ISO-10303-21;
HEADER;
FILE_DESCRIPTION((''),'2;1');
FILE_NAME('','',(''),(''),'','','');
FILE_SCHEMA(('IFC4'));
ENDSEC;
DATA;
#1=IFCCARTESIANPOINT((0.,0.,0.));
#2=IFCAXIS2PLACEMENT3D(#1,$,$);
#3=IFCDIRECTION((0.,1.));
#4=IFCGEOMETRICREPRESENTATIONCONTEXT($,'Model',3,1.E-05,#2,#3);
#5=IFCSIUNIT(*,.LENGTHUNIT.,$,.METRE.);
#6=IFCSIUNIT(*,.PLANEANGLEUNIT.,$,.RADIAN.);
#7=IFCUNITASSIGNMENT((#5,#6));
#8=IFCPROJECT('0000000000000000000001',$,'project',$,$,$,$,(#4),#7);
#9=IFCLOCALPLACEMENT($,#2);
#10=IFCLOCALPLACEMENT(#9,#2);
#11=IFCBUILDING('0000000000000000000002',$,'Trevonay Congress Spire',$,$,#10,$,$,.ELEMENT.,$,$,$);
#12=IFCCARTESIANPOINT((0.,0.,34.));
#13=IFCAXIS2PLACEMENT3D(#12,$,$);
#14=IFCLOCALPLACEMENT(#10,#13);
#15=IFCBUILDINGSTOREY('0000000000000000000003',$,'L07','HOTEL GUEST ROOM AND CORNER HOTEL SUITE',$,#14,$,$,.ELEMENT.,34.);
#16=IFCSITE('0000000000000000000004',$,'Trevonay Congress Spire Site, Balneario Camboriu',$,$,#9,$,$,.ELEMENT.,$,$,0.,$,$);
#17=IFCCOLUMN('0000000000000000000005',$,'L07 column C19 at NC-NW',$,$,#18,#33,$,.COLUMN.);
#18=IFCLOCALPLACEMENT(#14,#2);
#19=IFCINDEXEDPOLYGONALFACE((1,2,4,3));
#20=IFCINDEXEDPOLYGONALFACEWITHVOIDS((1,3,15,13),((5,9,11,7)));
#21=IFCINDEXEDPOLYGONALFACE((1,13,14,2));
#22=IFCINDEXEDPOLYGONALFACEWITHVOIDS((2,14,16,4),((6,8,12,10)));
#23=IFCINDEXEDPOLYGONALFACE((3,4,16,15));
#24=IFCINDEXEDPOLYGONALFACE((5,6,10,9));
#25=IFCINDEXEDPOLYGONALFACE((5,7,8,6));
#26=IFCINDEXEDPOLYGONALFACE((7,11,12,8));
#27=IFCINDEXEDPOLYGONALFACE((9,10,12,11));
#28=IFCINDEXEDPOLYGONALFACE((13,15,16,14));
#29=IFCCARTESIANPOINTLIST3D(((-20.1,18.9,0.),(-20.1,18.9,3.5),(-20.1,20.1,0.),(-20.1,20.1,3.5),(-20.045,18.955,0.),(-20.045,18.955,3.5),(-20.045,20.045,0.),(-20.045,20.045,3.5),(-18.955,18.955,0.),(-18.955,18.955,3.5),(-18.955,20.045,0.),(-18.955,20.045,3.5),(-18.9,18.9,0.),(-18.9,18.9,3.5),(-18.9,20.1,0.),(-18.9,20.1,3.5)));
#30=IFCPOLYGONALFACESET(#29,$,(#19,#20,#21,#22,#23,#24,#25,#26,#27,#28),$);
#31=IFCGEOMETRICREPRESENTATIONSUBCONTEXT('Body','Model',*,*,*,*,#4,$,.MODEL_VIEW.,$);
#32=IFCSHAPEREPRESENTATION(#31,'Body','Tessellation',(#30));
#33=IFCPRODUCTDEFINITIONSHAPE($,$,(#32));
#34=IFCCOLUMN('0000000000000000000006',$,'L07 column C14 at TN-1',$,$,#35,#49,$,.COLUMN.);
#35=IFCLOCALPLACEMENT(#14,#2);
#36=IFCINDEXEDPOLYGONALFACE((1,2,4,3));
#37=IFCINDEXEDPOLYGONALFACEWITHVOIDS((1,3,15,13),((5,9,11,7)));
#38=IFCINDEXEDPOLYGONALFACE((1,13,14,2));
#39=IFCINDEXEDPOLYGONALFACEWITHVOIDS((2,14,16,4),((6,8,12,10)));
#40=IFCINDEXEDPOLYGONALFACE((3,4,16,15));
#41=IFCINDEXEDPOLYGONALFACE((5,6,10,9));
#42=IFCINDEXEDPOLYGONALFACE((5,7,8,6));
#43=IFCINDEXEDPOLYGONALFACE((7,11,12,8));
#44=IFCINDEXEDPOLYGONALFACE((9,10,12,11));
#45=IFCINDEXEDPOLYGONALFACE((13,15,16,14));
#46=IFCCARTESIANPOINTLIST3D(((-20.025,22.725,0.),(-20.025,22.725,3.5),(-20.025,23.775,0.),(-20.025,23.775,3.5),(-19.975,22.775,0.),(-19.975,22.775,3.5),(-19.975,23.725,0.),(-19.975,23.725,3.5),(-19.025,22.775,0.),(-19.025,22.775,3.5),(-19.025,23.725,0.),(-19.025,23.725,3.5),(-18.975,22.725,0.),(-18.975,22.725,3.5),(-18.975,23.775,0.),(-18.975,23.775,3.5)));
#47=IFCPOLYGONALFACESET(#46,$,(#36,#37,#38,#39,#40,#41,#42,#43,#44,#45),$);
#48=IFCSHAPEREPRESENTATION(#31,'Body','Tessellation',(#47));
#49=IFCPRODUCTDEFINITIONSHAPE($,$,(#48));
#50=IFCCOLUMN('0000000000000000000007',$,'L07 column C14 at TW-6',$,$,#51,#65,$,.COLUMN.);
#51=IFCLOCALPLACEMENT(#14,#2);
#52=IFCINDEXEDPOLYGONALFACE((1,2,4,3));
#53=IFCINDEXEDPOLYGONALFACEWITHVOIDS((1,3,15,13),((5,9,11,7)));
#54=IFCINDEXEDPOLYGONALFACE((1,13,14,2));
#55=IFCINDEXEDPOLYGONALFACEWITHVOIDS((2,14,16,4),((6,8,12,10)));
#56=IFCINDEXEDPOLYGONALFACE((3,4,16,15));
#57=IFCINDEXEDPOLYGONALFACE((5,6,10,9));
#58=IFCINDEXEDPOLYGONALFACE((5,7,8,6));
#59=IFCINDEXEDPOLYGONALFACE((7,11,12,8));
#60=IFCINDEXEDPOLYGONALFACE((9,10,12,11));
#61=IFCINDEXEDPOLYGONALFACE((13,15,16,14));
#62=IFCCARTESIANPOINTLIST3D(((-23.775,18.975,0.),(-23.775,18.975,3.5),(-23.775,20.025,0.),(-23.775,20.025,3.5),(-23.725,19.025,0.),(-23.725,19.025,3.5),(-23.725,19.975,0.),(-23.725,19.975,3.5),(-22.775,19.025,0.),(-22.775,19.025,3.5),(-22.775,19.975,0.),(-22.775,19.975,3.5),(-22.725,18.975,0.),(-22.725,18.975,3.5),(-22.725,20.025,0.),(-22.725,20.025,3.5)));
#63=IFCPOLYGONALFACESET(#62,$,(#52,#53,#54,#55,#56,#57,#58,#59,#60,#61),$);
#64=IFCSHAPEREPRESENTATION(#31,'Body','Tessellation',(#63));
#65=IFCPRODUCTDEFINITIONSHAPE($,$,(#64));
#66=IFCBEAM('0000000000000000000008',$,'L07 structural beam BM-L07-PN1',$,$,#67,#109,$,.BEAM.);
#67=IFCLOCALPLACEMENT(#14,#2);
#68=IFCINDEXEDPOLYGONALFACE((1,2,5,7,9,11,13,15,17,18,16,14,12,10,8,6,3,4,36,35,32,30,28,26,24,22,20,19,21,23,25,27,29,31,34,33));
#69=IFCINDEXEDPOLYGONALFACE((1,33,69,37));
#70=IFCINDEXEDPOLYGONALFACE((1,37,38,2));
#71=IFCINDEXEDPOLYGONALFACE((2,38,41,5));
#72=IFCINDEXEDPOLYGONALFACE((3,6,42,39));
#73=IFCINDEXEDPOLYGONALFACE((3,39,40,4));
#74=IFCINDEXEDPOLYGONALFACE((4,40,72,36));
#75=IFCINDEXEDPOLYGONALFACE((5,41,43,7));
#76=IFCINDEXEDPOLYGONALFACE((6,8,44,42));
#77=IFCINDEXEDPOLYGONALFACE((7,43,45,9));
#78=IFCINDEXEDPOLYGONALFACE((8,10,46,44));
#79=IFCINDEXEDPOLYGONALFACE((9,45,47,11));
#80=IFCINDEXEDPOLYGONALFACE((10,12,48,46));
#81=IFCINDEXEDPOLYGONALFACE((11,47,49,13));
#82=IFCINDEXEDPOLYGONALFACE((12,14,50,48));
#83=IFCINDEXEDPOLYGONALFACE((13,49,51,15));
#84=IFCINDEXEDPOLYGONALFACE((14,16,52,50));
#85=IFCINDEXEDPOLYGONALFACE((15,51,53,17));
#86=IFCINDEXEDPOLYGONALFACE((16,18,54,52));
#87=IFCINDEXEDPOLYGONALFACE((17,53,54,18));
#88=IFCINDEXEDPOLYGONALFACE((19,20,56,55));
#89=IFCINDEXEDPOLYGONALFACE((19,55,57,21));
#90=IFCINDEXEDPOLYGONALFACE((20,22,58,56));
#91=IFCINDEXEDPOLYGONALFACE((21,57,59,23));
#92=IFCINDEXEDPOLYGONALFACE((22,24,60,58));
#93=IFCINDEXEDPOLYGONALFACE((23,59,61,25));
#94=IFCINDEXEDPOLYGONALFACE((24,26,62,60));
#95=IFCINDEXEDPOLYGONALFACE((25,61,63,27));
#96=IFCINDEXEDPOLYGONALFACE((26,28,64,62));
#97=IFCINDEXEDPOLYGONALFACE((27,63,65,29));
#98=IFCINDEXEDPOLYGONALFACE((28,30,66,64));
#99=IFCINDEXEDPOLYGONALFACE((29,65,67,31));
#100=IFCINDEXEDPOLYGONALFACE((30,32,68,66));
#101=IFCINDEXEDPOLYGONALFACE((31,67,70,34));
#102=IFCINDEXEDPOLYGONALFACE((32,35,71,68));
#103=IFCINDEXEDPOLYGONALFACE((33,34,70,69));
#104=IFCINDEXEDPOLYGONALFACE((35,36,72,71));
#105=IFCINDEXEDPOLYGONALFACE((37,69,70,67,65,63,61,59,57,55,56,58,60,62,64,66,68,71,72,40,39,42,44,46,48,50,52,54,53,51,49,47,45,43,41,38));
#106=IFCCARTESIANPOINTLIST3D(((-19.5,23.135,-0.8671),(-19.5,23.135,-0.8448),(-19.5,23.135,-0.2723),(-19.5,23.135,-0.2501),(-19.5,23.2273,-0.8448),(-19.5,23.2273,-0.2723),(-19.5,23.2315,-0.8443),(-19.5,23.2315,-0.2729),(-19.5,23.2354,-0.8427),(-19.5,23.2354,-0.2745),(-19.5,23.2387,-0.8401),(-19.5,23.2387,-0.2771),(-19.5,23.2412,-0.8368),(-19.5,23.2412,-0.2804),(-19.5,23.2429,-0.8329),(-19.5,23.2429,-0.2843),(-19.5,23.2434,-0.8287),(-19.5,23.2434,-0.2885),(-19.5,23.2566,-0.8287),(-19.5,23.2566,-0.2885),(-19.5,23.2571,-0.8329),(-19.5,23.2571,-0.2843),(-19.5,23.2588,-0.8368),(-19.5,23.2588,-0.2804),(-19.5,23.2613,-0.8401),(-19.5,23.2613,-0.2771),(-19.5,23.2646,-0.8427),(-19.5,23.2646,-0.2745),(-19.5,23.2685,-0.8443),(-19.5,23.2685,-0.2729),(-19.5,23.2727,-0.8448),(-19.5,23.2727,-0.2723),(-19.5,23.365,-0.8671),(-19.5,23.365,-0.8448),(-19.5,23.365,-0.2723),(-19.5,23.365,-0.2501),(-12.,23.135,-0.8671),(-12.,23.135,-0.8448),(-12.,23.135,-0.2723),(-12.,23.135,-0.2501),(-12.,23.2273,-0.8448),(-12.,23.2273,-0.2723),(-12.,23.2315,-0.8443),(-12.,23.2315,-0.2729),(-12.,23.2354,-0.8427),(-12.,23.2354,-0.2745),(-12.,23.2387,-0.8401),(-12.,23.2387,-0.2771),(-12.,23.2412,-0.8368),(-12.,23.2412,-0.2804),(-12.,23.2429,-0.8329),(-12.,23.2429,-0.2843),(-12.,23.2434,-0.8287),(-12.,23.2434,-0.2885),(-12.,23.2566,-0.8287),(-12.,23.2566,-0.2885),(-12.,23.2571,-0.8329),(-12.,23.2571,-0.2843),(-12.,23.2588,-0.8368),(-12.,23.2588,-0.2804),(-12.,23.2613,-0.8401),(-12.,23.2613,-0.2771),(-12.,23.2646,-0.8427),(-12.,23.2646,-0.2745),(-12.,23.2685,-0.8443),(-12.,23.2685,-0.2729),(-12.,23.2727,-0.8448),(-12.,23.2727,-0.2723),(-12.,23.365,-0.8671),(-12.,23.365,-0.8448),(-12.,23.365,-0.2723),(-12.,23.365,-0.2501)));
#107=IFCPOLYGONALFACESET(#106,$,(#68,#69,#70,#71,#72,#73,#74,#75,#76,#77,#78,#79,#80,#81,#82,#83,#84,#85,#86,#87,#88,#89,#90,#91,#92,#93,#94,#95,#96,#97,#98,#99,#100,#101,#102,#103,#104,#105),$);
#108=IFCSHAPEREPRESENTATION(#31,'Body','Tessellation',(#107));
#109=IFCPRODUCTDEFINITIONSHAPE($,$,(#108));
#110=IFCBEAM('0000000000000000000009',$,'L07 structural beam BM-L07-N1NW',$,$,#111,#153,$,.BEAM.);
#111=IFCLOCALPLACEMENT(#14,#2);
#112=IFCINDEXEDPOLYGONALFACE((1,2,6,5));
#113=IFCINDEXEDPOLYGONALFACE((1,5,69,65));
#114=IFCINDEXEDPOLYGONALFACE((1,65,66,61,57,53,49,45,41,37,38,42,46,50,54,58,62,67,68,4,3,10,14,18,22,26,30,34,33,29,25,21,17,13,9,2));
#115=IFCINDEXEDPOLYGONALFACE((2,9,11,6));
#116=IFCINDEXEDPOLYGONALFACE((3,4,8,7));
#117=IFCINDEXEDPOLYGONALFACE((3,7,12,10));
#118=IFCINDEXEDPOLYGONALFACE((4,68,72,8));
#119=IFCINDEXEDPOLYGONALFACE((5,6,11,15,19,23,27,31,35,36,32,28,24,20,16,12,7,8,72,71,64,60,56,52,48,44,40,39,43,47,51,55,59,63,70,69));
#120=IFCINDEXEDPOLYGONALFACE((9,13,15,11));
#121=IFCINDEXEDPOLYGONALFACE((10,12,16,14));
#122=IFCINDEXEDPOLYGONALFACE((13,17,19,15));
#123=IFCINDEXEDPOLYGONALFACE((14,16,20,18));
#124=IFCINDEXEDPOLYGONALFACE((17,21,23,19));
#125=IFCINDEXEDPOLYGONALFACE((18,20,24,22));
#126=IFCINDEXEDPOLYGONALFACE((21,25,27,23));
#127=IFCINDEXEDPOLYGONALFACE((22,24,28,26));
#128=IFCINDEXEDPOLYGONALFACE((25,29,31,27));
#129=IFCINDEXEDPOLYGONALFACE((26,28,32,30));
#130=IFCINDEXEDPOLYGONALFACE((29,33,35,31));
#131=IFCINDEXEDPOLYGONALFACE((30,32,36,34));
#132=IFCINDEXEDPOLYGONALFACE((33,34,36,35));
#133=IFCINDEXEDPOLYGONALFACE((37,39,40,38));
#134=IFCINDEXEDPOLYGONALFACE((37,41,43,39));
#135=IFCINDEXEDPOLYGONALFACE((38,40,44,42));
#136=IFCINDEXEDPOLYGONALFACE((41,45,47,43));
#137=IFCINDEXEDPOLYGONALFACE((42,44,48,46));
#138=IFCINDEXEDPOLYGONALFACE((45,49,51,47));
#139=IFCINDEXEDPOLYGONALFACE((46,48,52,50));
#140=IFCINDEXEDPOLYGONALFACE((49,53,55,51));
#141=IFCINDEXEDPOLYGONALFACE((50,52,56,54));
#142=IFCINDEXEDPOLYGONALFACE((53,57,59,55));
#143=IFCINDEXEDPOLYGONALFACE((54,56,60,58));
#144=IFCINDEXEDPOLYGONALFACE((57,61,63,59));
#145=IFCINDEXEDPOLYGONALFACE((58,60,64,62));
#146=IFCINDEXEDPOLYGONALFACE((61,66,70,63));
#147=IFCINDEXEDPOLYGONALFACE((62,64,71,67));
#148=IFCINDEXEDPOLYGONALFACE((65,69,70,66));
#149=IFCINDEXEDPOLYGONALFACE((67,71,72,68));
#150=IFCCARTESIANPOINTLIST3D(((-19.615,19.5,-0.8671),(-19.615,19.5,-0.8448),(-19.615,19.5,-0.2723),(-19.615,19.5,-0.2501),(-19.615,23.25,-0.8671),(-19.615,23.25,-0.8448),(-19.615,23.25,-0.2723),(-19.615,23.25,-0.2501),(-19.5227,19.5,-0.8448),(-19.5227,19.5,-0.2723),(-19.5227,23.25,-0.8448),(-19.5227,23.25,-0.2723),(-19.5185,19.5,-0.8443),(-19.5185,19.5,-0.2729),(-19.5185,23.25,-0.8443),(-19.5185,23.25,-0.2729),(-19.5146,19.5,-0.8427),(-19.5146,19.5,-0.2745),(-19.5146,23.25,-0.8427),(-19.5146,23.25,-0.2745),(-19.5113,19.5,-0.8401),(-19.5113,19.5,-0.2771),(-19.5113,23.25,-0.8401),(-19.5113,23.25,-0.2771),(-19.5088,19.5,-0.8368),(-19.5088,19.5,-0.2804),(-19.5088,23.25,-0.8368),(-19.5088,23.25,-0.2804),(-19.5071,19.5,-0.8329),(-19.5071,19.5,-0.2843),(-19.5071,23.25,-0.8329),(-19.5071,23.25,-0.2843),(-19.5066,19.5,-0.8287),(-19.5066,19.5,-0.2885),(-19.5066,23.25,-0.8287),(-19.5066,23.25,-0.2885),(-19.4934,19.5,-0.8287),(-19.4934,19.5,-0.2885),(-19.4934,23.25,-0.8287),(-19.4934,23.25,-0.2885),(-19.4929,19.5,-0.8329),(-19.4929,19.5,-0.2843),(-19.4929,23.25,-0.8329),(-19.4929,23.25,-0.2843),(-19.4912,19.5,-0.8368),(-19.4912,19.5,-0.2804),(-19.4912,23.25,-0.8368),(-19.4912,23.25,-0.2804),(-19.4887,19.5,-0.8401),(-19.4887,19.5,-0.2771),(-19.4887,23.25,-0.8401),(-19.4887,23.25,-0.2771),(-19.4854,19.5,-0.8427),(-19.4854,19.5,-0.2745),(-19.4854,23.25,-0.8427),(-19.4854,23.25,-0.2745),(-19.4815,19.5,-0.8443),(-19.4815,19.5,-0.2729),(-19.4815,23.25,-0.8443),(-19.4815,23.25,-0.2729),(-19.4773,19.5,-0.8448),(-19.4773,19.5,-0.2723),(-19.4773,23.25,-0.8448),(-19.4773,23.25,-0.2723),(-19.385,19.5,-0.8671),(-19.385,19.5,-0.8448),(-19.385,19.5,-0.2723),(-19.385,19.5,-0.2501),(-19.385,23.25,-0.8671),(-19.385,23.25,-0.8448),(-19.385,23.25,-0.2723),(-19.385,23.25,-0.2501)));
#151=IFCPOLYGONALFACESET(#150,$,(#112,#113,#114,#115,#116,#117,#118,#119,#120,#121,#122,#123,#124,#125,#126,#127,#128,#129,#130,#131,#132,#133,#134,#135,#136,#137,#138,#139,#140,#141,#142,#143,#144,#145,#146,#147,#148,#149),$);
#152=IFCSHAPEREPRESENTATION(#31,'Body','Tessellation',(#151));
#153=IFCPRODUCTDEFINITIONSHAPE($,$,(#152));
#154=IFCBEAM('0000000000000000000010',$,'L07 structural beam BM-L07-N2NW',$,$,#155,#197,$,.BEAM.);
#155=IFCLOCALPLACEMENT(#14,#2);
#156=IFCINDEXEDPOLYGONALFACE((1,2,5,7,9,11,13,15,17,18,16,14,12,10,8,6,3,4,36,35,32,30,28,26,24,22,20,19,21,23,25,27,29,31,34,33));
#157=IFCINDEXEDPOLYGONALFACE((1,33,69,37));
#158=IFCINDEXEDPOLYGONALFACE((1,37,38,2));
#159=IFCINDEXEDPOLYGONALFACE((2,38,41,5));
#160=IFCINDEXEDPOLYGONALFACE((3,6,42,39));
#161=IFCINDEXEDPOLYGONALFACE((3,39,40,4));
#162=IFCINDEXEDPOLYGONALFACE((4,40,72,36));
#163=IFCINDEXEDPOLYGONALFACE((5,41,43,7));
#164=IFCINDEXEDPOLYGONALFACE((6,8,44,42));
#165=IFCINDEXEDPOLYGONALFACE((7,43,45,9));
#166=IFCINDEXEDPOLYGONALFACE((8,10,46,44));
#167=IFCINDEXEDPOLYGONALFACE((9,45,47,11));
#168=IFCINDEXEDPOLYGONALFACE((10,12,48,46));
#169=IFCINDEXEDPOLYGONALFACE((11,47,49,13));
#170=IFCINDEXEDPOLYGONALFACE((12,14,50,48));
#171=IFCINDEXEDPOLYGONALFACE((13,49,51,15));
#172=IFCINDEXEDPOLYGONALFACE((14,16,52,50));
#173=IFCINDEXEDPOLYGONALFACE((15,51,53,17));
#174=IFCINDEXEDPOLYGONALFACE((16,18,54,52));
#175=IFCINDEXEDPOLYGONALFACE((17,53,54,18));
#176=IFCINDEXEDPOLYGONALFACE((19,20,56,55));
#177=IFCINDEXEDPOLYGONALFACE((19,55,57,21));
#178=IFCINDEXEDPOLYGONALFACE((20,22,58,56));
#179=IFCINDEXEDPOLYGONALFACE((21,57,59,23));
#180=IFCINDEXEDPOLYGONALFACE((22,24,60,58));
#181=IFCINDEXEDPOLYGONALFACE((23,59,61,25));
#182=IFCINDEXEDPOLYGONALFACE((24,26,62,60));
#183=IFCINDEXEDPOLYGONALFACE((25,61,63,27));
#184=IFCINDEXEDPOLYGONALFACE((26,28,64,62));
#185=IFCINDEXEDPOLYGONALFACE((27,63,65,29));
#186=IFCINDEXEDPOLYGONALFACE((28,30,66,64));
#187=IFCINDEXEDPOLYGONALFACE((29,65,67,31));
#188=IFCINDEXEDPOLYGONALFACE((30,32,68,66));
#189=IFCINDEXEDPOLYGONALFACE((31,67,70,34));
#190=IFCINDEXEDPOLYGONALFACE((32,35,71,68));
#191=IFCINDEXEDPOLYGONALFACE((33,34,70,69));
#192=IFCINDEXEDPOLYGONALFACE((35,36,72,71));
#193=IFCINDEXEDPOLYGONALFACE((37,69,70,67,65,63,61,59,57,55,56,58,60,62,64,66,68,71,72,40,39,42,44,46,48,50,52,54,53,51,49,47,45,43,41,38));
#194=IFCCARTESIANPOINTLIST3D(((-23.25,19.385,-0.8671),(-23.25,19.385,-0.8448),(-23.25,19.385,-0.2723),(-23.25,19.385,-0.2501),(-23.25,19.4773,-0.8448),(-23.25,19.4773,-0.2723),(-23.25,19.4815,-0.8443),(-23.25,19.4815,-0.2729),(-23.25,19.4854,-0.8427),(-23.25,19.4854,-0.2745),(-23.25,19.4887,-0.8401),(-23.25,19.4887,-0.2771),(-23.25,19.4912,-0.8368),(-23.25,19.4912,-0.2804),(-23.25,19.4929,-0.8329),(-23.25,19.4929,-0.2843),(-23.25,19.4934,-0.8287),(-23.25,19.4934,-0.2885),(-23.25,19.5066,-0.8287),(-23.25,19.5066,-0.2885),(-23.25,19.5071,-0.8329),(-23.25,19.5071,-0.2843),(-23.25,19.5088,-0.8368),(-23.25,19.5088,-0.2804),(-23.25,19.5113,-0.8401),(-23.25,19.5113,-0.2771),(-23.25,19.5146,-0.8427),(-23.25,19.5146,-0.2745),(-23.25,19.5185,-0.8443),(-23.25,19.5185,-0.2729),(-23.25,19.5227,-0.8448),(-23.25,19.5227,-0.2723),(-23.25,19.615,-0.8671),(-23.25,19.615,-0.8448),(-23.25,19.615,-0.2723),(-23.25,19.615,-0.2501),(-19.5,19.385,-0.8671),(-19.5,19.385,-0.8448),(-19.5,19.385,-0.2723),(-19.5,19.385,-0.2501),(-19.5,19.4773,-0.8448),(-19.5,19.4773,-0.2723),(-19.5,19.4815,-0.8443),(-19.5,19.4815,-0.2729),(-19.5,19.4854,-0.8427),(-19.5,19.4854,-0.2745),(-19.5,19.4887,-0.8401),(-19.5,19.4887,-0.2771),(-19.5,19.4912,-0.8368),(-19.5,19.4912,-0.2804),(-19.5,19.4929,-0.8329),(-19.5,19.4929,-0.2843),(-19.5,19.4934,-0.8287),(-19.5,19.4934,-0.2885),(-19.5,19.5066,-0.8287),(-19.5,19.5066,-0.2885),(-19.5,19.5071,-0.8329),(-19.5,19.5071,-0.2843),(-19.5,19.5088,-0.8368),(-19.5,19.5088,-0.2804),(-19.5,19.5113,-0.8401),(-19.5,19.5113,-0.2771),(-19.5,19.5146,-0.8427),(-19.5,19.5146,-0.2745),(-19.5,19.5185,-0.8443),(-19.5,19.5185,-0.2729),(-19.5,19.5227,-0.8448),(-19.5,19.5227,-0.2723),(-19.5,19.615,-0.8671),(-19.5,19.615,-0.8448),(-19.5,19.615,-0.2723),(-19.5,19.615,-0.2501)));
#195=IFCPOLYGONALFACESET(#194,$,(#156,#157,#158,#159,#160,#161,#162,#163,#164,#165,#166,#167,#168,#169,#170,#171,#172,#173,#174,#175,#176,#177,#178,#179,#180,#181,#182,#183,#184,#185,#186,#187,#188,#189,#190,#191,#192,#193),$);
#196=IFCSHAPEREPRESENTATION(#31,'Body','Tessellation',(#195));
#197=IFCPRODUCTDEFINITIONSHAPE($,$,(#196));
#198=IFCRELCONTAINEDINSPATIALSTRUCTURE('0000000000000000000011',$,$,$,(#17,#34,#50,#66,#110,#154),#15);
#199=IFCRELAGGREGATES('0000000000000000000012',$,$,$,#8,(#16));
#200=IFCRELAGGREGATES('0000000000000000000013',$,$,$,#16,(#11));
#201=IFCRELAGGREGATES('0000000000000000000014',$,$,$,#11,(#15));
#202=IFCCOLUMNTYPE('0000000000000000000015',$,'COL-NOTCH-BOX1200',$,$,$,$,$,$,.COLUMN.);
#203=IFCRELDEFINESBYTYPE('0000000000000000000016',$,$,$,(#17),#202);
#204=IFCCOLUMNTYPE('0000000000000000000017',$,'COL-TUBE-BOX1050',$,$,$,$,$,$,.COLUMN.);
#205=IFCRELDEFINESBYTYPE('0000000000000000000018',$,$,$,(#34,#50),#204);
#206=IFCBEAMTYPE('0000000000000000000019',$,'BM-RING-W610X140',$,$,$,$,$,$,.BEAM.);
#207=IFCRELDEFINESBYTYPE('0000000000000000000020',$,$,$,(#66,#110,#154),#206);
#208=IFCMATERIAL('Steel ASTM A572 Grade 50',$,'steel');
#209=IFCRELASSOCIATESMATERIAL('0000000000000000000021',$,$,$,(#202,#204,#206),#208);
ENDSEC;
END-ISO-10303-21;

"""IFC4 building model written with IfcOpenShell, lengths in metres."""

from ifc_helpers import new_model, si_unit, direction, frame, origin, origin_2d, place, context, subcontext, project, spatial, hollow_rectangle, i_section, extrude, material, material_profile, profile_set, type_object, element, save


model = new_model("IFC4")

# Units and contexts
model_context = context("Model", 3, precision=1e-05, world=origin(), true_north=direction((0.0, 1.0)))
body_context = subcontext(model_context, "Body", "Model", "MODEL_VIEW")
ifc_project = project(units=[si_unit("LENGTHUNIT", "METRE"), si_unit("PLANEANGLEUNIT", "RADIAN")], contexts=[model_context])

# Site, building, storey
site_placement = place(None, origin())
site = spatial("IfcSite", under=ifc_project, at=site_placement, Name="Trevonay Congress Spire Site, Balneario Camboriu", CompositionType="ELEMENT", RefElevation=0.0)
building_placement = place(site_placement, origin())
building = spatial("IfcBuilding", under=site, at=building_placement, Name="Trevonay Congress Spire", CompositionType="ELEMENT")
storey_placement = place(building_placement, frame((0.0, 0.0, 34.0)))
storey = spatial("IfcBuildingStorey", under=building, at=storey_placement, Name="L07", Description="HOTEL GUEST ROOM AND CORNER HOTEL SUITE", CompositionType="ELEMENT", Elevation=34.0)

# Columns
ifc_material_1 = material(Name="Steel ASTM A572 Grade 50", Category="steel")
ifc_material_profile_1 = material_profile(ifc_material_1, hollow_rectangle(XDim=1.2, YDim=1.2, WallThickness=0.0549, at=origin_2d()), Name="BOX 1200x1200x55")
ifc_profile_set_1 = profile_set([ifc_material_profile_1], Name="Steel ASTM A572 Grade 50")
column_type_1 = type_object("IfcColumnType", Name="COL-NOTCH-BOX1200", PredefinedType="COLUMN", material=ifc_profile_set_1)
column_placement = place(storey_placement, frame((-19.5, 19.5, 0.0), z_axis=(0.0, 0.0, 1.0), x_axis=(1.0, 0.0, 0.0)))
element("IfcColumn", 1, at=column_placement, inside=storey, type_object=column_type_1, Name="L07 column C19 at NC-NW", PredefinedType="COLUMN", context=body_context, shape_type="SweptSolid", body=[
    extrude(hollow_rectangle(XDim=1.2, YDim=1.2, WallThickness=0.0549, at=origin_2d()), origin(), (0.0, 0.0, 1.0), 3.5),
])
ifc_material_profile_2 = material_profile(ifc_material_1, hollow_rectangle(XDim=1.05, YDim=1.05, WallThickness=0.05, at=origin_2d()), Name="BOX 1050x1050x50")
ifc_profile_set_2 = profile_set([ifc_material_profile_2], Name="Steel ASTM A572 Grade 50")
column_type_2 = type_object("IfcColumnType", Name="COL-TUBE-BOX1050", PredefinedType="COLUMN", material=ifc_profile_set_2)
for number, where, z_axis, x_axis, name in (
    (2, (-19.5, 23.25, 0.0), (0.0, 0.0, 1.0), (1.0, 0.0, 0.0), "L07 column C14 at TN-1"),
    (3, (-23.25, 19.5, 0.0), (0.0, 0.0, 1.0), (1.0, 0.0, 0.0), "L07 column C14 at TW-6"),
):
    element("IfcColumn", number, at=place(storey_placement, frame(where, z_axis=z_axis, x_axis=x_axis)), inside=storey, type_object=column_type_2, Name=name, PredefinedType="COLUMN", context=body_context, shape_type="SweptSolid", body=[
        extrude(hollow_rectangle(XDim=1.05, YDim=1.05, WallThickness=0.05, at=origin_2d()), origin(), (0.0, 0.0, 1.0), 3.5),
    ])

# Beams
ifc_material_profile_3 = material_profile(ifc_material_1, i_section(OverallWidth=0.23, OverallDepth=0.6169, WebThickness=0.0132, FlangeThickness=0.0222, FilletRadius=0.0161, at=origin_2d()), Name="W610x140")
ifc_profile_set_3 = profile_set([ifc_material_profile_3], Name="Steel ASTM A572 Grade 50")
beam_type = type_object("IfcBeamType", Name="BM-RING-W610X140", PredefinedType="BEAM", material=ifc_profile_set_3)
beam_placement = place(storey_placement, frame((-19.5, 23.25, -0.5586), z_axis=(1.0, 0.0, 0.0), x_axis=(0.0, 1.0, 0.0)))
element("IfcBeam", 4, at=beam_placement, inside=storey, type_object=beam_type, Name="L07 structural beam BM-L07-PN1", PredefinedType="BEAM", context=body_context, shape_type="SweptSolid", body=[
    extrude(i_section(OverallWidth=0.23, OverallDepth=0.6169, WebThickness=0.0132, FlangeThickness=0.0222, FilletRadius=0.0161, at=origin_2d()), origin(), (0.0, 0.0, 1.0), 7.5),
])
for number, where, z_axis, x_axis, name in (
    (5, (-19.5, 23.25, -0.5586), (0.0, -1.0, 0.0), (1.0, 0.0, 0.0), "L07 structural beam BM-L07-N1NW"),
    (6, (-23.25, 19.5, -0.5586), (1.0, 0.0, 0.0), (0.0, 1.0, 0.0), "L07 structural beam BM-L07-N2NW"),
):
    element("IfcBeam", number, at=place(storey_placement, frame(where, z_axis=z_axis, x_axis=x_axis)), inside=storey, type_object=beam_type, Name=name, PredefinedType="BEAM", context=body_context, shape_type="SweptSolid", body=[
        extrude(i_section(OverallWidth=0.23, OverallDepth=0.6169, WebThickness=0.0132, FlangeThickness=0.0222, FilletRadius=0.0161, at=origin_2d()), origin(), (0.0, 0.0, 1.0), 3.75),
    ])

save(model, "model.ifc")
